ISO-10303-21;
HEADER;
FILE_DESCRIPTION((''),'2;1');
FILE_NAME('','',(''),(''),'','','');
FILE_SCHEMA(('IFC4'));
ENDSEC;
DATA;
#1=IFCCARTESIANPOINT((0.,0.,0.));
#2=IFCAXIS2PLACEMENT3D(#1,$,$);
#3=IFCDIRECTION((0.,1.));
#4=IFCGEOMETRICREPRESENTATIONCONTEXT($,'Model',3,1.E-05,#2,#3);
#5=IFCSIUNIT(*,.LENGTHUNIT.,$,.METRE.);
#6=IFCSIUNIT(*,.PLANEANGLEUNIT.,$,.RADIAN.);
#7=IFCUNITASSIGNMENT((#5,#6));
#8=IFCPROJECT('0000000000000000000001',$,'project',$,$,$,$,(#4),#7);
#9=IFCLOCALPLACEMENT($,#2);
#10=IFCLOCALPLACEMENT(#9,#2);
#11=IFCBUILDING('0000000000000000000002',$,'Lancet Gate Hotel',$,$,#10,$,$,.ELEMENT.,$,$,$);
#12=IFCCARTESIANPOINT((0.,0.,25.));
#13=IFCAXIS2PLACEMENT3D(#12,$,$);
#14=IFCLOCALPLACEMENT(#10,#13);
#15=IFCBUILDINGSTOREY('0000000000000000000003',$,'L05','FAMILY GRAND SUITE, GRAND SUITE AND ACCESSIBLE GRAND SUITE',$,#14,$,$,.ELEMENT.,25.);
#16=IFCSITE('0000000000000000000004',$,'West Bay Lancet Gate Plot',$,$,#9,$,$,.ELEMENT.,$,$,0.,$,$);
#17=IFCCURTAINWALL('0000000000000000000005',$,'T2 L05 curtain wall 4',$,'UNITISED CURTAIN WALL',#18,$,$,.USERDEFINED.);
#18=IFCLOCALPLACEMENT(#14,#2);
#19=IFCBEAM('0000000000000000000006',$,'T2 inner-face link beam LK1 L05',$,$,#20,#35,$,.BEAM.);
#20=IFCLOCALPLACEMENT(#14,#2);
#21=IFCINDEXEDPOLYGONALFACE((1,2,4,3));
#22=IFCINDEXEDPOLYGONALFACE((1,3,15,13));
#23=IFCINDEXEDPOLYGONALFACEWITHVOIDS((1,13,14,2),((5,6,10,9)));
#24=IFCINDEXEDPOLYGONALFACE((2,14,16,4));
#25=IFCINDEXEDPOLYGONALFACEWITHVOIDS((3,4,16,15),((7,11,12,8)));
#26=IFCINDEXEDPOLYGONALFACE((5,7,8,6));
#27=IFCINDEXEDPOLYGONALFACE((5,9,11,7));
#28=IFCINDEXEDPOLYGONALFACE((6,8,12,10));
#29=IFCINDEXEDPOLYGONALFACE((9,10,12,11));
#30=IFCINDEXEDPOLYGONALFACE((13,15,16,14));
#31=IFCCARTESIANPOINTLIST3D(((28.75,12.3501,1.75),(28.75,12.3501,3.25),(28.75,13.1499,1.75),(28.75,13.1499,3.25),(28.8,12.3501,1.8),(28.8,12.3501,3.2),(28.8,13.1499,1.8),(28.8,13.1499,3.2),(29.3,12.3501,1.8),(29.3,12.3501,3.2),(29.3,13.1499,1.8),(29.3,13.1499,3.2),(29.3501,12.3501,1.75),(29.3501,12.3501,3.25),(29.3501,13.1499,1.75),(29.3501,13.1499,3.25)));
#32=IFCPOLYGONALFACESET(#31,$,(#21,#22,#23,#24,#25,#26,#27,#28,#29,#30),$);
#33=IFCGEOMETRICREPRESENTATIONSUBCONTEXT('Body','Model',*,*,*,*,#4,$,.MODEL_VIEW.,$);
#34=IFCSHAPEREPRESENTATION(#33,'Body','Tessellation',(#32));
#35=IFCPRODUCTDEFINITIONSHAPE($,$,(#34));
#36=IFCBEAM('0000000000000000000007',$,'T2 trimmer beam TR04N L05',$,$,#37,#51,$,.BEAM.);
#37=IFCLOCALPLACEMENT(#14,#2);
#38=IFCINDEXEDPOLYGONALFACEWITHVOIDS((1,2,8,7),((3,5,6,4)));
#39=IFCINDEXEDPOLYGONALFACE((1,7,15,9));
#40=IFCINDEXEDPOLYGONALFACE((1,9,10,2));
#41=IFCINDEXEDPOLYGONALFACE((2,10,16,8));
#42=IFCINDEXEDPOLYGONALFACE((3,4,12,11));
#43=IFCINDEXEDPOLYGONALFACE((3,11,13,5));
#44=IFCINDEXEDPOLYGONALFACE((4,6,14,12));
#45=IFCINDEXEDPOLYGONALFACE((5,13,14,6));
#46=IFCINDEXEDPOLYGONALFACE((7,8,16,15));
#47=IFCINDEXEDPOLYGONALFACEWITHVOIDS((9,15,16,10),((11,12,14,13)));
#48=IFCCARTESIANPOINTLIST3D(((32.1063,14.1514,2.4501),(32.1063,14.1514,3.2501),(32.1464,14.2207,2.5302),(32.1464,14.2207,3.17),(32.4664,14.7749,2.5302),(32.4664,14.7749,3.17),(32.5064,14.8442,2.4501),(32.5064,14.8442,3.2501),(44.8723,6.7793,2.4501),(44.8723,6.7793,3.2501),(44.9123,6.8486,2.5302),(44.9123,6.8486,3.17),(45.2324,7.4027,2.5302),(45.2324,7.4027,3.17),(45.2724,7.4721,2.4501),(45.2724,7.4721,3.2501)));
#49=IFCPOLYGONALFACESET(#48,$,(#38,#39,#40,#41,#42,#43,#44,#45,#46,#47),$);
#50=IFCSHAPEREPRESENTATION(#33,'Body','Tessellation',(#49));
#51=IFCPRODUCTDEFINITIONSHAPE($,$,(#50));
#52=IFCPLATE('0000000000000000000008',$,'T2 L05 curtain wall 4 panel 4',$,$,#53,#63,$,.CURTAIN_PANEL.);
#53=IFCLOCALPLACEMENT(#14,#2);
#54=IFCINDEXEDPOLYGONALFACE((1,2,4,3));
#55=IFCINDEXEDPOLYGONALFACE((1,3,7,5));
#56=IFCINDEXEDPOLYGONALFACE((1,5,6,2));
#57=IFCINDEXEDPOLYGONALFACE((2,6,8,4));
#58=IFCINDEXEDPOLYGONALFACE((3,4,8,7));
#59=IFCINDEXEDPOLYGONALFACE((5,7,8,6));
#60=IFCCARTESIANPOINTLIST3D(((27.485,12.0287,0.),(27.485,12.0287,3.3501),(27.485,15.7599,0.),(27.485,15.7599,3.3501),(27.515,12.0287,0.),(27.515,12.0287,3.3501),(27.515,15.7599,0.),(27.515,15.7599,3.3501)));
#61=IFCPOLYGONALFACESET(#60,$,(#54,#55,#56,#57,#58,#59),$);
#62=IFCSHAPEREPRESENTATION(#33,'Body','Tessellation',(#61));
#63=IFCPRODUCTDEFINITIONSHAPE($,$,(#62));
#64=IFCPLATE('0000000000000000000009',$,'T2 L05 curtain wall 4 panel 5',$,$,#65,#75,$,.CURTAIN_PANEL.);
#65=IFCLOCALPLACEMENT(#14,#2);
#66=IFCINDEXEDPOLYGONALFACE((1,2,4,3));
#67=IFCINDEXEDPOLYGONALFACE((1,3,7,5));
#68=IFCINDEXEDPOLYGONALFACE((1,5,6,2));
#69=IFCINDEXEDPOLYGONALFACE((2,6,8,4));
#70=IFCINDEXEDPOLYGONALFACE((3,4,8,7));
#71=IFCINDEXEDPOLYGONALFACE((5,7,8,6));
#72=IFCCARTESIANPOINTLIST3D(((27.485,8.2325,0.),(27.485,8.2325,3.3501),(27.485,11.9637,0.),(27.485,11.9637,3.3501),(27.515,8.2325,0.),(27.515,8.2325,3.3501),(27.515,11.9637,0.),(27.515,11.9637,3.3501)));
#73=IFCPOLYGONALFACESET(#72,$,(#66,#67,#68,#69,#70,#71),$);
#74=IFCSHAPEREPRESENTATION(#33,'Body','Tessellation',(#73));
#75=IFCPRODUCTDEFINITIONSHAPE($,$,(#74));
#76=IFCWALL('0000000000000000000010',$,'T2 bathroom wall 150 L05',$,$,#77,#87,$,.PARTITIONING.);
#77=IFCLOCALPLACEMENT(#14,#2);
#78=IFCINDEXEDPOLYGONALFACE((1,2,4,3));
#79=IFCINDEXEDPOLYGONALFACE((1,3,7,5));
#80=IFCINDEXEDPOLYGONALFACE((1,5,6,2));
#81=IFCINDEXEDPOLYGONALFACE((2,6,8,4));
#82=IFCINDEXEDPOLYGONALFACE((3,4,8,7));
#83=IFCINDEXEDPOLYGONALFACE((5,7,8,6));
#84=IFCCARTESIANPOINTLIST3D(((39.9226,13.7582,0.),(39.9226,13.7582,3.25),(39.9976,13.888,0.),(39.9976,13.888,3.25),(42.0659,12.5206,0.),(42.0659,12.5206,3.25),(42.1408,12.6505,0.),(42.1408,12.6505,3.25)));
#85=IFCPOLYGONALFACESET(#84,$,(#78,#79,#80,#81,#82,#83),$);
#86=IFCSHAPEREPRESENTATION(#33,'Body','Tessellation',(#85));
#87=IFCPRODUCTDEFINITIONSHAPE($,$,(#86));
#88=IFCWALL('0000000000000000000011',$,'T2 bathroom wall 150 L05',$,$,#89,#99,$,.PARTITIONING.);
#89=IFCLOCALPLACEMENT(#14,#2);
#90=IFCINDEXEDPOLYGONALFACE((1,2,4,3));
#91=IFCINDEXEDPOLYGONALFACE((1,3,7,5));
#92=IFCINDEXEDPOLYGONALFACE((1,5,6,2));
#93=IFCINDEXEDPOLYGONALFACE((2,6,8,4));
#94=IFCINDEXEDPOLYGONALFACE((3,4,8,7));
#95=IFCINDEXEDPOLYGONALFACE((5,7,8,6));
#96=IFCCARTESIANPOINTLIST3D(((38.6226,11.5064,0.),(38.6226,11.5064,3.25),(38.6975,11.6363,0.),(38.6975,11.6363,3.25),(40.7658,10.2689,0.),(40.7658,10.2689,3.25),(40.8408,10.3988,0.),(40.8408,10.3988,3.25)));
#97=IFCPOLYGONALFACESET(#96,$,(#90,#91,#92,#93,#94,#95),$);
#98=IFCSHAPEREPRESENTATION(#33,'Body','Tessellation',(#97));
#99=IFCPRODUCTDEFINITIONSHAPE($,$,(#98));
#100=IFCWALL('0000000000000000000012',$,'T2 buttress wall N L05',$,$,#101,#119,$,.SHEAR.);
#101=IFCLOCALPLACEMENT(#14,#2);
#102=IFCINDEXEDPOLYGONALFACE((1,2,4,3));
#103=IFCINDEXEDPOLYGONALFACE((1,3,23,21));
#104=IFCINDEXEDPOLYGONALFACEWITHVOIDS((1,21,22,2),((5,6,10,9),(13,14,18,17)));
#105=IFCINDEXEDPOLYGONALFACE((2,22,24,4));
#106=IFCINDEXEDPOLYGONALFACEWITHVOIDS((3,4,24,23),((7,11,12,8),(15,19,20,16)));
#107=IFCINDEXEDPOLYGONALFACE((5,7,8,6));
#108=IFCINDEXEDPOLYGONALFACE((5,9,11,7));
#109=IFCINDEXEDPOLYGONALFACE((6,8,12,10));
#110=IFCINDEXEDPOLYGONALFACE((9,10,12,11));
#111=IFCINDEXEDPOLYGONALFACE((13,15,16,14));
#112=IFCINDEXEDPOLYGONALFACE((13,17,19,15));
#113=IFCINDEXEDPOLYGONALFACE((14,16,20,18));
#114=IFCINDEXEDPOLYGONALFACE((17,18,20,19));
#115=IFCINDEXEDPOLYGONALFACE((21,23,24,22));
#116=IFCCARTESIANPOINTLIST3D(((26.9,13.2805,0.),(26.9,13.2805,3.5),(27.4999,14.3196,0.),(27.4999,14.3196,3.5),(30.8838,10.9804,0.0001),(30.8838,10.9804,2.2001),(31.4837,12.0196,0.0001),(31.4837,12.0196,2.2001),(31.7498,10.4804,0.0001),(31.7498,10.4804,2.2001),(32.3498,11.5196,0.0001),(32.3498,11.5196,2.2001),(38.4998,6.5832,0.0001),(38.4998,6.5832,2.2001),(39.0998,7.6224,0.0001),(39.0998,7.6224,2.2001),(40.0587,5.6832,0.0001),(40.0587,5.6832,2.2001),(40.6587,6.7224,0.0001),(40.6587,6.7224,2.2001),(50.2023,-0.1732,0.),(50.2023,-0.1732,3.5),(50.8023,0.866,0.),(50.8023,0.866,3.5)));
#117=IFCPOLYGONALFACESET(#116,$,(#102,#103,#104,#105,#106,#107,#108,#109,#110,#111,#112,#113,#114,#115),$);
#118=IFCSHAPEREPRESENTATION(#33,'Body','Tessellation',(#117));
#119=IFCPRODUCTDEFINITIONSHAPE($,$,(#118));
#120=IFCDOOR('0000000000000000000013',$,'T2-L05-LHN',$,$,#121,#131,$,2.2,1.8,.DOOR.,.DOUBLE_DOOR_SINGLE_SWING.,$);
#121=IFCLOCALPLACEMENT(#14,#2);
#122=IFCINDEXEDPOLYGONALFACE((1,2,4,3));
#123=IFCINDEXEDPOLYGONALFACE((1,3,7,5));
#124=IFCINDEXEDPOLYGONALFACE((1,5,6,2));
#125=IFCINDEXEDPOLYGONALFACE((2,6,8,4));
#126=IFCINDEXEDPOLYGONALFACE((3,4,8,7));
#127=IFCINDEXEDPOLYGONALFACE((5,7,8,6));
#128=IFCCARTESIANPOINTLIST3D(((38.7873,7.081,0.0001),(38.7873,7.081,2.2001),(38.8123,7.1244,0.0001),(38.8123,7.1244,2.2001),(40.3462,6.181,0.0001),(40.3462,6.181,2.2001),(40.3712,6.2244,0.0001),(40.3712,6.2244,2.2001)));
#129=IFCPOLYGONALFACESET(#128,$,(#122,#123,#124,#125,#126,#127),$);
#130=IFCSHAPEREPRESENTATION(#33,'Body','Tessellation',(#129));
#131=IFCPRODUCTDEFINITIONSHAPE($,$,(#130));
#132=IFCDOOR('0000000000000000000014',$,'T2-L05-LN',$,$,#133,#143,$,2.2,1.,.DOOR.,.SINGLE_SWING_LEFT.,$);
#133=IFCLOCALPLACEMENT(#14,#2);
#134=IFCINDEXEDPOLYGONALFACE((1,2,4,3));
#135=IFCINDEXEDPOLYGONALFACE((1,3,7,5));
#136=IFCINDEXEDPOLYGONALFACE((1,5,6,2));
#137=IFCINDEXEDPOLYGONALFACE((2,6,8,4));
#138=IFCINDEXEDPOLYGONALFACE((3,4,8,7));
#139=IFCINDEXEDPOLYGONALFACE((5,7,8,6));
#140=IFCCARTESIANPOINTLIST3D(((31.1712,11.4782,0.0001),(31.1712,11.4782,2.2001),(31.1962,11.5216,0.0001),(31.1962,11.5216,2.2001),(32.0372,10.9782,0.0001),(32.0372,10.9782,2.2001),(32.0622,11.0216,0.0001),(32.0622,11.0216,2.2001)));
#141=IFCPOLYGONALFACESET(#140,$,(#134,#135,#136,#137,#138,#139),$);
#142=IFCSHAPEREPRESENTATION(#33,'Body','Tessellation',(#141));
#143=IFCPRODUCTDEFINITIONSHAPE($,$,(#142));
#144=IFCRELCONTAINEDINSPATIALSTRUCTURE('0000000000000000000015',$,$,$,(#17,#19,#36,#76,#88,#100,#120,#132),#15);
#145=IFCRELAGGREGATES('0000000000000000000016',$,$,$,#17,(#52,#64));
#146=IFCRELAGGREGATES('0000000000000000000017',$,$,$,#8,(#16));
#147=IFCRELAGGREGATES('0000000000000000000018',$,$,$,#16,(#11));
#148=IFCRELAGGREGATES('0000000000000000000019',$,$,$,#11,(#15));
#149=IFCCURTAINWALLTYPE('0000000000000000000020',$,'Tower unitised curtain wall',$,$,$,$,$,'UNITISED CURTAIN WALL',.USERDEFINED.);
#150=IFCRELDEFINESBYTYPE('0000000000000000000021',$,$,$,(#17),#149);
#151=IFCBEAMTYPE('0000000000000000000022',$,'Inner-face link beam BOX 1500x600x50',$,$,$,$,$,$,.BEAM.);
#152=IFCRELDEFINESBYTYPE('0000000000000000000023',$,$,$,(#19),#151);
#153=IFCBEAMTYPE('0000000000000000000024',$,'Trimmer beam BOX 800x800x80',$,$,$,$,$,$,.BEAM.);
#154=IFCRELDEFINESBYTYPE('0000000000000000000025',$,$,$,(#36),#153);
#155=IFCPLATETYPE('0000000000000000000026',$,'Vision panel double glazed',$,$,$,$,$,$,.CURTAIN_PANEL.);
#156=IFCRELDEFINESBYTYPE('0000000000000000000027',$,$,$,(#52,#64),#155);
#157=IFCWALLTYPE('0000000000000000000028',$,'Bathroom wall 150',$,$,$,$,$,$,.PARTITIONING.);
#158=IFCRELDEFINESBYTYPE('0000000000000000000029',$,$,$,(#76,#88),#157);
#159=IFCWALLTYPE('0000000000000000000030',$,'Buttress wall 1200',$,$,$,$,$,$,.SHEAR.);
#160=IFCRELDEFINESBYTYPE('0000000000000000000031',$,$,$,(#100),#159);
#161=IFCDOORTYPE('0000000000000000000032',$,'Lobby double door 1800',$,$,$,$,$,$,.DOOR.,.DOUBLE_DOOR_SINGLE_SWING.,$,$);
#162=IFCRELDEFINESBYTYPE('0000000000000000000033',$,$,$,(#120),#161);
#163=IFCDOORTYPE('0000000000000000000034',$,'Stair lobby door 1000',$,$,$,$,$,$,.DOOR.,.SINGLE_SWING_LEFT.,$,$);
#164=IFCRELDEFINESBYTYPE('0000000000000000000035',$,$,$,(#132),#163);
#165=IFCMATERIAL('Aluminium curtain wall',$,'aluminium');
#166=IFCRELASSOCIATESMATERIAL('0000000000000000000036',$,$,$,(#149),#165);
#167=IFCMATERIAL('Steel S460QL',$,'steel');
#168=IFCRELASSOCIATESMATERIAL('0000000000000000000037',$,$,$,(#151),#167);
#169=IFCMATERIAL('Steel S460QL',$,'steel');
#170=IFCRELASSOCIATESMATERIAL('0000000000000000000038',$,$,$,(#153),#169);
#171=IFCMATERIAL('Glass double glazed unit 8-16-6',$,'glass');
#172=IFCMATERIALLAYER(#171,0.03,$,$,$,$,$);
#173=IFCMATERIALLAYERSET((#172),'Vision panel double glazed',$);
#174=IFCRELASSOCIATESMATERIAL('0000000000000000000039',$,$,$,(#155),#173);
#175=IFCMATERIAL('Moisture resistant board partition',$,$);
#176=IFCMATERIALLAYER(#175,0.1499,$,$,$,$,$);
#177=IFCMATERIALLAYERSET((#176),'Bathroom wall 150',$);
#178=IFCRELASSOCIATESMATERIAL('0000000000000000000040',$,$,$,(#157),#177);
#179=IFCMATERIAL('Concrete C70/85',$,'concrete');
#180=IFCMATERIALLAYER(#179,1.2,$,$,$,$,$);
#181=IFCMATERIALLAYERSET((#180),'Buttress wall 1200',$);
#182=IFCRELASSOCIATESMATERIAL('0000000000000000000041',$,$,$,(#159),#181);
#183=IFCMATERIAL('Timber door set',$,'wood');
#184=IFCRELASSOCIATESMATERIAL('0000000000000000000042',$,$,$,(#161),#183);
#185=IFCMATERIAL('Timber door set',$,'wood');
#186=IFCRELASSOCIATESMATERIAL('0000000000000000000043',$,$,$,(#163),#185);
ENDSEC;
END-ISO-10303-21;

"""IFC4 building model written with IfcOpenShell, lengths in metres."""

from ifc_helpers import new_model, si_unit, direction, frame, frame_2d, origin, origin_2d, place, context, subcontext, project, spatial, rectangle, hollow_rectangle, extrude, material, layer, layer_set, material_profile, profile_set, type_object, element, fill, aggregate, save


model = new_model("IFC4")

# Units and contexts
model_context = context("Model", 3, precision=1e-05, world=origin(), true_north=direction((0.0, 1.0)))
body_context = subcontext(model_context, "Body", "Model", "MODEL_VIEW")
ifc_project = project(units=[si_unit("LENGTHUNIT", "METRE"), si_unit("PLANEANGLEUNIT", "RADIAN")], contexts=[model_context])

# Site, building, storey
site_placement = place(None, origin())
site = spatial("IfcSite", under=ifc_project, at=site_placement, Name="West Bay Lancet Gate Plot", CompositionType="ELEMENT", RefElevation=0.0)
building_placement = place(site_placement, origin())
building = spatial("IfcBuilding", under=site, at=building_placement, Name="Lancet Gate Hotel", CompositionType="ELEMENT")
storey_placement = place(building_placement, frame((0.0, 0.0, 25.0)))
storey = spatial("IfcBuildingStorey", under=building, at=storey_placement, Name="L05", Description="FAMILY GRAND SUITE, GRAND SUITE AND ACCESSIBLE GRAND SUITE", CompositionType="ELEMENT", Elevation=25.0)

# Curtain wall
ifc_material_1 = material(Name="Aluminium curtain wall", Category="aluminium")
curtain_wall_type = type_object("IfcCurtainWallType", Name="Tower unitised curtain wall", ElementType="UNITISED CURTAIN WALL", PredefinedType="USERDEFINED", material=ifc_material_1)
curtain_wall_placement = place(storey_placement, origin())
curtain_wall = element("IfcCurtainWall", 1, at=curtain_wall_placement, inside=storey, type_object=curtain_wall_type, Name="T2 L05 curtain wall 4", ObjectType="UNITISED CURTAIN WALL", PredefinedType="USERDEFINED")

# Beams
ifc_material_2 = material(Name="Steel S460QL", Category="steel")
ifc_material_profile_1 = material_profile(ifc_material_2, hollow_rectangle(XDim=0.6001, YDim=1.5, WallThickness=0.05, at=origin_2d()), Name="BOX 1500x600x50")
ifc_profile_set_1 = profile_set([ifc_material_profile_1], Name="Steel S460QL")
beam_type_1 = type_object("IfcBeamType", Name="Inner-face link beam BOX 1500x600x50", PredefinedType="BEAM", material=ifc_profile_set_1)
beam_1_placement = place(storey_placement, frame((29.05, 12.3501, 2.5), z_axis=(0.0, 1.0, 0.0), x_axis=(-1.0, 0.0, 0.0)))
element("IfcBeam", 2, at=beam_1_placement, inside=storey, type_object=beam_type_1, Name="T2 inner-face link beam LK1 L05", PredefinedType="BEAM", context=body_context, shape_type="SweptSolid", body=[
    extrude(hollow_rectangle(XDim=0.6001, YDim=1.5, WallThickness=0.05, at=origin_2d()), origin(), (0.0, 0.0, 1.0), 0.7998),
])
ifc_material_3 = material(Name="Steel S460QL", Category="steel")
ifc_material_profile_2 = material_profile(ifc_material_3, hollow_rectangle(XDim=0.8, YDim=0.8, WallThickness=0.0801, at=origin_2d()), Name="BOX 800x800x80")
ifc_profile_set_2 = profile_set([ifc_material_profile_2], Name="Steel S460QL")
beam_type_2 = type_object("IfcBeamType", Name="Trimmer beam BOX 800x800x80", PredefinedType="BEAM", material=ifc_profile_set_2)
beam_2_placement = place(storey_placement, frame((32.3064, 14.4978, 2.8501), z_axis=(0.865976, -0.500086, 0.0), x_axis=(0.500086, 0.865976, 0.0)))
element("IfcBeam", 3, at=beam_2_placement, inside=storey, type_object=beam_type_2, Name="T2 trimmer beam TR04N L05", PredefinedType="BEAM", context=body_context, shape_type="SweptSolid", body=[
    extrude(hollow_rectangle(XDim=0.8, YDim=0.8, WallThickness=0.0801, at=origin_2d()), origin(), (0.0, 0.0, 1.0), 14.7417),
])

# Plates
ifc_material_4 = material(Name="Glass double glazed unit 8-16-6", Category="glass")
ifc_layer_1 = layer(ifc_material_4, 0.03)
ifc_layer_set_1 = layer_set([ifc_layer_1], Name="Vision panel double glazed")
plate_type = type_object("IfcPlateType", Name="Vision panel double glazed", PredefinedType="CURTAIN_PANEL", material=ifc_layer_set_1)
plate_1_placement = place(storey_placement, frame((27.5, 13.8943, 0.0), z_axis=(0.0, 0.0, 1.0), x_axis=(0.0, -1.0, 0.0)))
plate_1 = element("IfcPlate", 4, at=plate_1_placement, type_object=plate_type, Name="T2 L05 curtain wall 4 panel 4", PredefinedType="CURTAIN_PANEL", context=body_context, shape_type="SweptSolid", body=[
    extrude(rectangle(XDim=3.7312, YDim=0.03, at=origin_2d()), origin(), (0.0, 0.0, 1.0), 3.3501),
])
plate_2_placement = place(storey_placement, frame((27.5, 10.0981, 0.0), z_axis=(0.0, 0.0, 1.0), x_axis=(0.0, -1.0, 0.0)))
plate_2 = element("IfcPlate", 5, at=plate_2_placement, type_object=plate_type, Name="T2 L05 curtain wall 4 panel 5", PredefinedType="CURTAIN_PANEL", context=body_context, shape_type="SweptSolid", body=[
    extrude(rectangle(XDim=3.7312, YDim=0.03, at=origin_2d()), origin(), (0.0, 0.0, 1.0), 3.3501),
])
aggregate(curtain_wall, [plate_1, plate_2])

# Walls
ifc_material_5 = material(Name="Moisture resistant board partition")
ifc_layer_2 = layer(ifc_material_5, 0.1499)
ifc_layer_set_2 = layer_set([ifc_layer_2], Name="Bathroom wall 150")
wall_type_1 = type_object("IfcWallType", Name="Bathroom wall 150", PredefinedType="PARTITIONING", material=ifc_layer_set_2)
for number, where, z_axis, x_axis, name in (
    (6, (39.9602, 13.823, 0.0), (0.0, 0.0, 1.0), (0.866007, -0.500033, 0.0), "T2 bathroom wall 150 L05"),
    (7, (38.6602, 11.5713, 0.0), (0.0, 0.0, 1.0), (0.866007, -0.500033, 0.0), "T2 bathroom wall 150 L05"),
):
    element("IfcWall", number, at=place(storey_placement, frame(where, z_axis=z_axis, x_axis=x_axis)), inside=storey, type_object=wall_type_1, Name=name, PredefinedType="PARTITIONING", context=body_context, shape_type="SweptSolid", body=[
        extrude(rectangle(XDim=2.4749, YDim=0.1499, at=frame_2d((1.2373, 0.0))), origin(), (0.0, 0.0, 1.0), 3.25),
    ])

# Wall, openings, doors
ifc_material_6 = material(Name="Concrete C70/85", Category="concrete")
ifc_layer_3 = layer(ifc_material_6, 1.2)
ifc_layer_set_3 = layer_set([ifc_layer_3], Name="Buttress wall 1200")
wall_type_2 = type_object("IfcWallType", Name="Buttress wall 1200", PredefinedType="SHEAR", material=ifc_layer_set_3)
wall_1_placement = place(storey_placement, frame((27.2, 13.8, 0.0), z_axis=(0.0, 0.0, 1.0), x_axis=(0.866025, -0.500002, 0.0)))
wall_1 = element("IfcWall", 8, at=wall_1_placement, inside=storey, type_object=wall_type_2, Name="T2 buttress wall N L05", PredefinedType="SHEAR", context=body_context, shape_type="SweptSolid", body=[
    extrude(rectangle(XDim=26.9072, YDim=1.2, at=frame_2d((13.4536, 0.0))), origin(), (0.0, 0.0, 1.0), 3.5),
])
opening_1_placement = place(wall_1_placement, frame((4.6001, 0.0, 0.0)))
opening_1 = element("IfcOpeningElement", 9, at=opening_1_placement, cuts=wall_1, PredefinedType="OPENING", context=body_context, shape_type="SweptSolid", body=[
    extrude(rectangle(XDim=1.0, YDim=2.2, at=frame_2d((0.5, 1.1001))), frame((0.0, 0.6099, 0.0), z_axis=(0.0, -1.0, 0.0), x_axis=(1.0, 0.0, 0.0)), (0.0, 0.0, 1.0), 1.22),
])
opening_2_placement = place(wall_1_placement, frame((13.3945, 0.0, 0.0)))
opening_2 = element("IfcOpeningElement", 10, at=opening_2_placement, cuts=wall_1, PredefinedType="OPENING", context=body_context, shape_type="SweptSolid", body=[
    extrude(rectangle(XDim=1.8, YDim=2.2, at=frame_2d((0.8999, 1.1001))), frame((0.0, 0.6099, 0.0), z_axis=(0.0, -1.0, 0.0), x_axis=(1.0, 0.0, 0.0)), (0.0, 0.0, 1.0), 1.22),
])
ifc_material_7 = material(Name="Timber door set", Category="wood")
door_type_1 = type_object("IfcDoorType", Name="Lobby double door 1800", OperationType="DOUBLE_DOOR_SINGLE_SWING", PredefinedType="DOOR", material=ifc_material_7)
door_1_placement = place(opening_2_placement, origin())
door_1 = element("IfcDoor", 11, at=door_1_placement, inside=storey, type_object=door_type_1, Name="T2-L05-LHN", OperationType="DOUBLE_DOOR_SINGLE_SWING", OverallHeight=2.2, OverallWidth=1.8, PredefinedType="DOOR", context=body_context, shape_type="SweptSolid", body=[
    extrude(rectangle(XDim=1.8, YDim=2.2, at=frame_2d((0.8999, 1.1001))), frame((0.0, 0.0249, 0.0), z_axis=(0.0, -1.0, 0.0), x_axis=(1.0, 0.0, 0.0)), (0.0, 0.0, 1.0), 0.05),
])
fill(opening_2, door_1)
ifc_material_8 = material(Name="Timber door set", Category="wood")
door_type_2 = type_object("IfcDoorType", Name="Stair lobby door 1000", OperationType="SINGLE_SWING_LEFT", PredefinedType="DOOR", material=ifc_material_8)
door_2_placement = place(opening_1_placement, origin())
door_2 = element("IfcDoor", 12, at=door_2_placement, inside=storey, type_object=door_type_2, Name="T2-L05-LN", OperationType="SINGLE_SWING_LEFT", OverallHeight=2.2, OverallWidth=1.0, PredefinedType="DOOR", context=body_context, shape_type="SweptSolid", body=[
    extrude(rectangle(XDim=1.0, YDim=2.2, at=frame_2d((0.5, 1.1001))), frame((0.0, 0.0249, 0.0), z_axis=(0.0, -1.0, 0.0), x_axis=(1.0, 0.0, 0.0)), (0.0, 0.0, 1.0), 0.05),
])
fill(opening_1, door_2)

save(model, "model.ifc")
